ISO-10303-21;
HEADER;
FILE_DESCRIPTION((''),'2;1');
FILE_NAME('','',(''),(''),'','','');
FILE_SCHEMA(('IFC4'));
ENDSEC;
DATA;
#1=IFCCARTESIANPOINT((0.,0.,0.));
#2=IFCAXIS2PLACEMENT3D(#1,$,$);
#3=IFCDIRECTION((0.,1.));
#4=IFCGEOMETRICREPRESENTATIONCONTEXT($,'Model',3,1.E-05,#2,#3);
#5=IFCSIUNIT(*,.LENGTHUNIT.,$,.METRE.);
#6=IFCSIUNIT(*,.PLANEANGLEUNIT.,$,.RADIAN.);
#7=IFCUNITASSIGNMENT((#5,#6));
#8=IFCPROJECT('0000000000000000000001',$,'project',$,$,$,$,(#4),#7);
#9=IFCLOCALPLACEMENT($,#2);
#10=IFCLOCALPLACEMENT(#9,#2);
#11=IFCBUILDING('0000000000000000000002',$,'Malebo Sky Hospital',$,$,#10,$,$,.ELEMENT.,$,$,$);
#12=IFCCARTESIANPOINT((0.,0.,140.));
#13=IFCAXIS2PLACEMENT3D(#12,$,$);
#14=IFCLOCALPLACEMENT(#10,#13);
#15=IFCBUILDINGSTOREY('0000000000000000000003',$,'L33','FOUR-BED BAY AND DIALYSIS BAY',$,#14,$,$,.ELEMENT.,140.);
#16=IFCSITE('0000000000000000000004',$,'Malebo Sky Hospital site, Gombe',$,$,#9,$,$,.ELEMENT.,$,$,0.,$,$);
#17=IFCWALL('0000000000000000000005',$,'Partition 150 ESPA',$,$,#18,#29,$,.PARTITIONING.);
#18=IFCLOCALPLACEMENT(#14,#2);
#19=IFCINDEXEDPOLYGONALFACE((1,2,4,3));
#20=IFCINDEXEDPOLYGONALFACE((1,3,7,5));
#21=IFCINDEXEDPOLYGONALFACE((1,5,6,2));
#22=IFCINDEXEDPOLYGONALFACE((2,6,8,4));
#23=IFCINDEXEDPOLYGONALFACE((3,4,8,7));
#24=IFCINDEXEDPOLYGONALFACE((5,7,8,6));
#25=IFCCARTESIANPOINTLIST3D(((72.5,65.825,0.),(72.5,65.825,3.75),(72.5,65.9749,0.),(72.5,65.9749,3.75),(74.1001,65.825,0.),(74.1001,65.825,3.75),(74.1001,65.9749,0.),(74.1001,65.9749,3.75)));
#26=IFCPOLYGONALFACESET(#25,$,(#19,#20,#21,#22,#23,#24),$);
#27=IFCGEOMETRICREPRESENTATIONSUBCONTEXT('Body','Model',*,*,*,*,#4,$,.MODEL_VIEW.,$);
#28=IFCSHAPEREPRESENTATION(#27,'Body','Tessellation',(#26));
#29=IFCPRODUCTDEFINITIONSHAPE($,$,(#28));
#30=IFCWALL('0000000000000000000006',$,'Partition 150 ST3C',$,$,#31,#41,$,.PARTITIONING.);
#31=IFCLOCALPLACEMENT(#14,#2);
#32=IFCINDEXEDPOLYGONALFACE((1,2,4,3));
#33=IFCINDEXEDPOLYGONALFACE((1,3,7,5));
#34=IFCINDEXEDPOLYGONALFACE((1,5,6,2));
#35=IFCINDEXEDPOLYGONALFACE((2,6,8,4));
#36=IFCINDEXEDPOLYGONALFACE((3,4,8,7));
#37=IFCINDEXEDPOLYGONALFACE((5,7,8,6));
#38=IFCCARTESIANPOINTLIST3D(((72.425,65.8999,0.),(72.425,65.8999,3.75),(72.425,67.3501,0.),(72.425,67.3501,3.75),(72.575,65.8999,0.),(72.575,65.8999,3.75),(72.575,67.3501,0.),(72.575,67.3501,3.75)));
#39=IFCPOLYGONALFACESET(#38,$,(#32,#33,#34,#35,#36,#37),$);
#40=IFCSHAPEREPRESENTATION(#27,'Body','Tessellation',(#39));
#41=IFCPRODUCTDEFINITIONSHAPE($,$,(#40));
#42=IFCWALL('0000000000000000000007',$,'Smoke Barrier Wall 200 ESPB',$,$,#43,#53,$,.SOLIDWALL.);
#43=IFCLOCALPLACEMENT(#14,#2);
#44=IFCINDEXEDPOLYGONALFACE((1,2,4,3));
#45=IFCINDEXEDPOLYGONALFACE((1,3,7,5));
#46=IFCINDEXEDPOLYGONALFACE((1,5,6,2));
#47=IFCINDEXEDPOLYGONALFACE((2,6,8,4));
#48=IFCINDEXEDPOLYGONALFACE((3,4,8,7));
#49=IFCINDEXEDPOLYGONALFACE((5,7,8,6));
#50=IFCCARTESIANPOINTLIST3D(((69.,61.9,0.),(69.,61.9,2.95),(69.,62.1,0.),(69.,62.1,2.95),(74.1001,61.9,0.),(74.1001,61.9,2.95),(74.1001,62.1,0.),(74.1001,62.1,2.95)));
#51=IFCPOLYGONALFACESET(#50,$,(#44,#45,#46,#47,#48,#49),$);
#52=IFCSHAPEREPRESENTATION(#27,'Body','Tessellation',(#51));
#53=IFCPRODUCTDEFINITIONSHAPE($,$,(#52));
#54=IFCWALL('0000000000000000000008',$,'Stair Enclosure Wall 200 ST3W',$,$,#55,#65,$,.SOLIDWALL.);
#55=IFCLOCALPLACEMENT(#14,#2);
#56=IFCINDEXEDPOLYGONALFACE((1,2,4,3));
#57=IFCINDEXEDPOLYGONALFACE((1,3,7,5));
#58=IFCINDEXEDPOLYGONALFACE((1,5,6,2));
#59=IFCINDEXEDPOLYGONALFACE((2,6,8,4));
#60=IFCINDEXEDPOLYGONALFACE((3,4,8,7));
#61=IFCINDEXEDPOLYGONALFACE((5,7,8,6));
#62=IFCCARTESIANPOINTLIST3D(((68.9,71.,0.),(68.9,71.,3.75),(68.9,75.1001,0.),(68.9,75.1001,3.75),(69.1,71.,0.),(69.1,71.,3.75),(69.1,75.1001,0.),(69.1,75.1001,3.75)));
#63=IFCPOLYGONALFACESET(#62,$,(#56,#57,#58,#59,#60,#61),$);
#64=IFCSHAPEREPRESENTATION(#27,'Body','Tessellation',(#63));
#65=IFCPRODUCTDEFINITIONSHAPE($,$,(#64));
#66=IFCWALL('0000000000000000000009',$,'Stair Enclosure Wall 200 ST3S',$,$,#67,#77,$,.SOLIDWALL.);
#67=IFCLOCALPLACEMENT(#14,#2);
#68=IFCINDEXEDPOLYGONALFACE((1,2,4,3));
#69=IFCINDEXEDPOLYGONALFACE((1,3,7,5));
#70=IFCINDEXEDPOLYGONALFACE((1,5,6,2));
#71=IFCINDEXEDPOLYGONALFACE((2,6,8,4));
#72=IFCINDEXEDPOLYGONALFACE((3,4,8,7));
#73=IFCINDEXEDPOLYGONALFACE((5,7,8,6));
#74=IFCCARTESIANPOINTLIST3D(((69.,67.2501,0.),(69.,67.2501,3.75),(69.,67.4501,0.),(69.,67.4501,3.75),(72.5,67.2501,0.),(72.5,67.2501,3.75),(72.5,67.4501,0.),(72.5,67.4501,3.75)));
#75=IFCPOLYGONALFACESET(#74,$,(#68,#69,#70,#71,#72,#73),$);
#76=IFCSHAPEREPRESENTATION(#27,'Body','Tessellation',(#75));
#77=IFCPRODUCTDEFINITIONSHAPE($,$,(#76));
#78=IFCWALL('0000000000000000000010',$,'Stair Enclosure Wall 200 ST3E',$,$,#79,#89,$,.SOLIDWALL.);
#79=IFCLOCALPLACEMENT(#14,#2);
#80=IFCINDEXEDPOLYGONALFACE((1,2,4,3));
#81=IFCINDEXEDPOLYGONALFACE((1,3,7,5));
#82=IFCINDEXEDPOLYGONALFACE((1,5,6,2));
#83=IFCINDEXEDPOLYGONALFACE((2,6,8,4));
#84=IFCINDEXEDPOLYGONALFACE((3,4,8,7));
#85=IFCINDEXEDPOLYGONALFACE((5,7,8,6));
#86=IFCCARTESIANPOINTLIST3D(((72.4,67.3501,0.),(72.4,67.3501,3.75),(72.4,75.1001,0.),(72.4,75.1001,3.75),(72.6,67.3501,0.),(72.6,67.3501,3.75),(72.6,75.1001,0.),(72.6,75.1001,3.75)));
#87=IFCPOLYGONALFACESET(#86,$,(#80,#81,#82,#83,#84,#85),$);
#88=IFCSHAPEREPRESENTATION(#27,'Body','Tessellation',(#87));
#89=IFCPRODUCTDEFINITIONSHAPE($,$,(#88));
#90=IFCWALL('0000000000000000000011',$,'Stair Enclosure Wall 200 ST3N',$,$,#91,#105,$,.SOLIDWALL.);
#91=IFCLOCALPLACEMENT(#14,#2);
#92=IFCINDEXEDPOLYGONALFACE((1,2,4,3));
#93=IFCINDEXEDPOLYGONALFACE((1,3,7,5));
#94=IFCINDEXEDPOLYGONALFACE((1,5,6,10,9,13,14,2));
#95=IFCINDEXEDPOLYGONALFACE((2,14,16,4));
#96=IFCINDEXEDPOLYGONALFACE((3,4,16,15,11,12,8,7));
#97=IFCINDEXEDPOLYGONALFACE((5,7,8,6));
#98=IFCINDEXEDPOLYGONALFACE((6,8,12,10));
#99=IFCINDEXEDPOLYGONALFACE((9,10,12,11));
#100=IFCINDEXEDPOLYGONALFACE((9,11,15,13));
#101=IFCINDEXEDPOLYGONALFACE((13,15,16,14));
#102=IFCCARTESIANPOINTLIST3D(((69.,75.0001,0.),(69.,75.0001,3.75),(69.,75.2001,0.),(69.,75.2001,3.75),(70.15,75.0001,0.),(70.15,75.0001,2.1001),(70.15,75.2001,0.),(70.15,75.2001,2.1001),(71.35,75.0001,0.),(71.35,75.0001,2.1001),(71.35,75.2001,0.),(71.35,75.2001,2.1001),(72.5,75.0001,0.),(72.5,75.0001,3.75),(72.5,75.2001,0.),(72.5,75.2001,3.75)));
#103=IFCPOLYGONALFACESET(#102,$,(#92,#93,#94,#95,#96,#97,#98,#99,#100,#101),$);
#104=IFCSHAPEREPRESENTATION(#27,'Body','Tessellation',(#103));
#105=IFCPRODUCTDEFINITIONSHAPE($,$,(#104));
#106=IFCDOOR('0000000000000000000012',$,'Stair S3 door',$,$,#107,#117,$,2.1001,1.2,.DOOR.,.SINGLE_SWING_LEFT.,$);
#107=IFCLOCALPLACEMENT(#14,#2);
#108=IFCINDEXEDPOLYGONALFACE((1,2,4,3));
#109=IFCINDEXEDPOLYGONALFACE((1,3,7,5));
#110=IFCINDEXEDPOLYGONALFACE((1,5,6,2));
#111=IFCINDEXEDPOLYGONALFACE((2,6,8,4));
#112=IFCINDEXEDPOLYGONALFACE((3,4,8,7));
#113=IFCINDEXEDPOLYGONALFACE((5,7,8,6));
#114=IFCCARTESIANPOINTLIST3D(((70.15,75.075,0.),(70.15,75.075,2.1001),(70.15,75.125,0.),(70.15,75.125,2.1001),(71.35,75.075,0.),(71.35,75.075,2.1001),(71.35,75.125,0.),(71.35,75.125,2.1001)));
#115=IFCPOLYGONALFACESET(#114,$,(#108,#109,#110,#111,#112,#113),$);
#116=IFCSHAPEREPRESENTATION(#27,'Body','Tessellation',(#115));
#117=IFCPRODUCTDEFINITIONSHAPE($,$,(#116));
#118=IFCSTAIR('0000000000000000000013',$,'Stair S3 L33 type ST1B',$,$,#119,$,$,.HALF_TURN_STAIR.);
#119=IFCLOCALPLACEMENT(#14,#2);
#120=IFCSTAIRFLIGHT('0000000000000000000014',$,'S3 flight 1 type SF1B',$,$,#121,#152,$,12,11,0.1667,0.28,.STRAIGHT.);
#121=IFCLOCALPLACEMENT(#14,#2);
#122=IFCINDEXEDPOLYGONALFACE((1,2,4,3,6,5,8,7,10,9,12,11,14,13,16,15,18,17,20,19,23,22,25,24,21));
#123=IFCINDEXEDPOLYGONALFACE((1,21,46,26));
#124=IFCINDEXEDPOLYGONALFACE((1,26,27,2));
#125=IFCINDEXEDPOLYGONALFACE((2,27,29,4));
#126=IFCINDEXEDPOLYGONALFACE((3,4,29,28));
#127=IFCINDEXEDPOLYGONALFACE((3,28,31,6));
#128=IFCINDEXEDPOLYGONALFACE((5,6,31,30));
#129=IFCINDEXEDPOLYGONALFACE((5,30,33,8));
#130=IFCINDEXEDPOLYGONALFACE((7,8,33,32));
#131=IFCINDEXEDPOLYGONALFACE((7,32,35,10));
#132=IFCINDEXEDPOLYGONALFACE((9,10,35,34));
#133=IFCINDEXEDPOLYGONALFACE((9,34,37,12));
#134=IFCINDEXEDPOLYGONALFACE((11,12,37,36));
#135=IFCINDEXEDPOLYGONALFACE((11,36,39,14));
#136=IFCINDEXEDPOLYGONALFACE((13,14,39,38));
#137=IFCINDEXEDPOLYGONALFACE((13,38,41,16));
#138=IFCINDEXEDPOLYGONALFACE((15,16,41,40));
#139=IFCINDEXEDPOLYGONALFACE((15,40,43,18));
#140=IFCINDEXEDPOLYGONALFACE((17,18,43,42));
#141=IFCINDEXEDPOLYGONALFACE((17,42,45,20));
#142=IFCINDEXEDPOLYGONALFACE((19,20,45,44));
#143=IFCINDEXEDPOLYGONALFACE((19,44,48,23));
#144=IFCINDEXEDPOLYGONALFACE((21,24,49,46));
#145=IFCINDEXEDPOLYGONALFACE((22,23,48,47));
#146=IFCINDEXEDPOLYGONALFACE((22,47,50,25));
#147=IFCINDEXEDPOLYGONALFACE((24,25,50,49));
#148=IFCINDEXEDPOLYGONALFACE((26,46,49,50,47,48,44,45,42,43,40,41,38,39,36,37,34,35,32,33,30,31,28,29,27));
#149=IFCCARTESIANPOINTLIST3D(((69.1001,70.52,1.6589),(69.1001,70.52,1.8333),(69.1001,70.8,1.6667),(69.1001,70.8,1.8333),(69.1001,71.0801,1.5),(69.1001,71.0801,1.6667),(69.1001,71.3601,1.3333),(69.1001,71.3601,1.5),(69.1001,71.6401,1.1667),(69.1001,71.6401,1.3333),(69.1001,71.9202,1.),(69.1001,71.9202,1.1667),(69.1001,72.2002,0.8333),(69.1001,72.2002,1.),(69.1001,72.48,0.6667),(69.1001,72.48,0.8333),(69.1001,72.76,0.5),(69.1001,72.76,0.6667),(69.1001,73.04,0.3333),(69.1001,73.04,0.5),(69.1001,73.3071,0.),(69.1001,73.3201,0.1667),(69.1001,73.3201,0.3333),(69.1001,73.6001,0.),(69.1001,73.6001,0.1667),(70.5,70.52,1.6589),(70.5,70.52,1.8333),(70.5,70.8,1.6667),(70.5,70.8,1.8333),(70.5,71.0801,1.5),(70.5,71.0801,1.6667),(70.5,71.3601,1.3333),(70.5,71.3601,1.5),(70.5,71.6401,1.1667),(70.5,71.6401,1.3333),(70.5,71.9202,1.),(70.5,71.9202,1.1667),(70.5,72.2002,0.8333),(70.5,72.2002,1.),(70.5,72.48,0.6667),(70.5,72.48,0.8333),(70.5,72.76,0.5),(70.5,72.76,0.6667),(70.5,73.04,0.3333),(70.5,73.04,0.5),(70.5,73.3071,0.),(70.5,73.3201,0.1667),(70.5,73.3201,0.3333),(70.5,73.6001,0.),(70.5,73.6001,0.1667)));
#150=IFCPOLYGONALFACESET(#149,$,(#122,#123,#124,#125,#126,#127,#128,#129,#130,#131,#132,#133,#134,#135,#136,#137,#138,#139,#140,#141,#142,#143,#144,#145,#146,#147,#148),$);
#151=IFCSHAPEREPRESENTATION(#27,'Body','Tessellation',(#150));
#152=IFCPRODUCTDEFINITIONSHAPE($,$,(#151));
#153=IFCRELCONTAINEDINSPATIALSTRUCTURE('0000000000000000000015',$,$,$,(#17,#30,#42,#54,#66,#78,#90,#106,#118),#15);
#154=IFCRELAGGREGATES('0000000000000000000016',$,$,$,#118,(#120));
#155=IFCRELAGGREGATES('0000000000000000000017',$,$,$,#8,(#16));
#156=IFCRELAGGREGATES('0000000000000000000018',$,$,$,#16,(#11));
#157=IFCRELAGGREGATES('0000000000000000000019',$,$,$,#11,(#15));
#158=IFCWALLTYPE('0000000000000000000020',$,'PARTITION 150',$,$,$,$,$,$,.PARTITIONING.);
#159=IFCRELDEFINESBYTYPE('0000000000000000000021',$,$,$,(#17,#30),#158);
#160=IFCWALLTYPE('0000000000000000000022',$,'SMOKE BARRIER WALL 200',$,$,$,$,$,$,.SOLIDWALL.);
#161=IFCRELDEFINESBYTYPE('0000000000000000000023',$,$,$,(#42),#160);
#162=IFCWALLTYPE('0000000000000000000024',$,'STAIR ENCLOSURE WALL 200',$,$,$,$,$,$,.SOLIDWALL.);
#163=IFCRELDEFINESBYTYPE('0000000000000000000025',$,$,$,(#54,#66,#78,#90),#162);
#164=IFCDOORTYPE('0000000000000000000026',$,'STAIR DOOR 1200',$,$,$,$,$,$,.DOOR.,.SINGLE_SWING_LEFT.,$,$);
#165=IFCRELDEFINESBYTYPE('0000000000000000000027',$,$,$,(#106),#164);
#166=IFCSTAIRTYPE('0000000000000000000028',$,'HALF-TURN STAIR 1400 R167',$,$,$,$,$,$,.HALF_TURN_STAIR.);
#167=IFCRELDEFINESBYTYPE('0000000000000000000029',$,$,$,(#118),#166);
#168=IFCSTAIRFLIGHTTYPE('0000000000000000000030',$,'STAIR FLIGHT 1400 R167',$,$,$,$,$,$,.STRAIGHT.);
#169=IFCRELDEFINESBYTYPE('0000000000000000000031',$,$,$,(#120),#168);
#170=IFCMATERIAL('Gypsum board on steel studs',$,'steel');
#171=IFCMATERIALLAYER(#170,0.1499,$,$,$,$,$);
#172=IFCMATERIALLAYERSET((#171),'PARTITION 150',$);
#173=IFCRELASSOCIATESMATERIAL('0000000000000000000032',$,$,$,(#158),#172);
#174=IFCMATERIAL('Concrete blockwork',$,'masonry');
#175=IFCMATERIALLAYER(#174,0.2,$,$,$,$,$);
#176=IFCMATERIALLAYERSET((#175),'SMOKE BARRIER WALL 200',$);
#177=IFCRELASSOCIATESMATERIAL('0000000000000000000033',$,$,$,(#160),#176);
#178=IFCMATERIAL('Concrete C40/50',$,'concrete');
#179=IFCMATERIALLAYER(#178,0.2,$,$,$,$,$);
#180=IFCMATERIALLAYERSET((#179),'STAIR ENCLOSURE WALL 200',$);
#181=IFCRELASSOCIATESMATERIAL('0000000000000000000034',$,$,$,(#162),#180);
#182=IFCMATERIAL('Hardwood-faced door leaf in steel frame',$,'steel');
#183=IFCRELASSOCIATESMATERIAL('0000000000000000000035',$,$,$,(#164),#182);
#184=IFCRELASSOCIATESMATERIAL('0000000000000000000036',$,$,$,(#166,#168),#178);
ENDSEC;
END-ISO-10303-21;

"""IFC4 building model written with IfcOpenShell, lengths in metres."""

from ifc_helpers import new_model, si_unit, direction, frame, frame_2d, origin, place, context, subcontext, project, spatial, polyline, rectangle, outline, extrude, material, layer, layer_set, type_object, element, fill, aggregate, save


model = new_model("IFC4")

# Units and contexts
model_context = context("Model", 3, precision=1e-05, world=origin(), true_north=direction((0.0, 1.0)))
body_context = subcontext(model_context, "Body", "Model", "MODEL_VIEW")
ifc_project = project(units=[si_unit("LENGTHUNIT", "METRE"), si_unit("PLANEANGLEUNIT", "RADIAN")], contexts=[model_context])

# Site, building, storey
site_placement = place(None, origin())
site = spatial("IfcSite", under=ifc_project, at=site_placement, Name="Malebo Sky Hospital site, Gombe", CompositionType="ELEMENT", RefElevation=0.0)
building_placement = place(site_placement, origin())
building = spatial("IfcBuilding", under=site, at=building_placement, Name="Malebo Sky Hospital", CompositionType="ELEMENT")
storey_placement = place(building_placement, frame((0.0, 0.0, 140.0)))
storey = spatial("IfcBuildingStorey", under=building, at=storey_placement, Name="L33", Description="FOUR-BED BAY AND DIALYSIS BAY", CompositionType="ELEMENT", Elevation=140.0)

# Shared definitions
ifc_material_1 = material(Name="Gypsum board on steel studs", Category="steel")

# Shared definitions
ifc_layer_1 = layer(ifc_material_1, 0.1499)
ifc_layer_set_1 = layer_set([ifc_layer_1], Name="PARTITION 150")
wall_type_1 = type_object("IfcWallType", Name="PARTITION 150", PredefinedType="PARTITIONING", material=ifc_layer_set_1)
ifc_material_2 = material(Name="Hardwood-faced door leaf in steel frame", Category="steel")

# Walls
for number, where, z_axis, x_axis, name in (
    (1, (72.5, 65.8999, 0.0), (0.0, 0.0, 1.0), (1.0, 0.0, 0.0), "Partition 150 ESPA"),
):
    element("IfcWall", number, at=place(storey_placement, frame(where, z_axis=z_axis, x_axis=x_axis)), inside=storey, type_object=wall_type_1, Name=name, PredefinedType="PARTITIONING", context=body_context, shape_type="SweptSolid", body=[
        extrude(rectangle(XDim=1.6001, YDim=0.1499, at=frame_2d((0.8, 0.0))), origin(), (0.0, 0.0, 1.0), 3.75),
    ])
wall_1_placement = place(storey_placement, frame((72.5, 65.8999, 0.0), z_axis=(0.0, 0.0, 1.0), x_axis=(0.0, 1.0, 0.0)))
element("IfcWall", 2, at=wall_1_placement, inside=storey, type_object=wall_type_1, Name="Partition 150 ST3C", PredefinedType="PARTITIONING", context=body_context, shape_type="SweptSolid", body=[
    extrude(rectangle(XDim=1.4502, YDim=0.1499, at=frame_2d((0.7251, 0.0))), origin(), (0.0, 0.0, 1.0), 3.75),
])
ifc_material_3 = material(Name="Concrete blockwork", Category="masonry")
ifc_layer_2 = layer(ifc_material_3, 0.2)
ifc_layer_set_2 = layer_set([ifc_layer_2], Name="SMOKE BARRIER WALL 200")
wall_type_2 = type_object("IfcWallType", Name="SMOKE BARRIER WALL 200", PredefinedType="SOLIDWALL", material=ifc_layer_set_2)
wall_2_placement = place(storey_placement, frame((69.0, 62.0, 0.0), z_axis=(0.0, 0.0, 1.0), x_axis=(1.0, 0.0, 0.0)))
element("IfcWall", 3, at=wall_2_placement, inside=storey, type_object=wall_type_2, Name="Smoke Barrier Wall 200 ESPB", PredefinedType="SOLIDWALL", context=body_context, shape_type="SweptSolid", body=[
    extrude(rectangle(XDim=5.1001, YDim=0.2, at=frame_2d((2.55, 0.0))), origin(), (0.0, 0.0, 1.0), 2.95),
])
ifc_material_4 = material(Name="Concrete C40/50", Category="concrete")
ifc_layer_3 = layer(ifc_material_4, 0.2)
ifc_layer_set_3 = layer_set([ifc_layer_3], Name="STAIR ENCLOSURE WALL 200")
wall_type_3 = type_object("IfcWallType", Name="STAIR ENCLOSURE WALL 200", PredefinedType="SOLIDWALL", material=ifc_layer_set_3)
wall_3_placement = place(storey_placement, frame((69.0, 71.0, 0.0), z_axis=(0.0, 0.0, 1.0), x_axis=(0.0, 1.0, 0.0)))
element("IfcWall", 4, at=wall_3_placement, inside=storey, type_object=wall_type_3, Name="Stair Enclosure Wall 200 ST3W", PredefinedType="SOLIDWALL", context=body_context, shape_type="SweptSolid", body=[
    extrude(rectangle(XDim=4.1001, YDim=0.2, at=frame_2d((2.05, 0.0))), origin(), (0.0, 0.0, 1.0), 3.75),
])
wall_4_placement = place(storey_placement, frame((69.0, 67.3501, 0.0), z_axis=(0.0, 0.0, 1.0), x_axis=(1.0, 0.0, 0.0)))
element("IfcWall", 5, at=wall_4_placement, inside=storey, type_object=wall_type_3, Name="Stair Enclosure Wall 200 ST3S", PredefinedType="SOLIDWALL", context=body_context, shape_type="SweptSolid", body=[
    extrude(rectangle(XDim=3.5, YDim=0.2, at=frame_2d((1.75, 0.0))), origin(), (0.0, 0.0, 1.0), 3.75),
])
wall_5_placement = place(storey_placement, frame((72.5, 67.3501, 0.0), z_axis=(0.0, 0.0, 1.0), x_axis=(0.0, 1.0, 0.0)))
element("IfcWall", 6, at=wall_5_placement, inside=storey, type_object=wall_type_3, Name="Stair Enclosure Wall 200 ST3E", PredefinedType="SOLIDWALL", context=body_context, shape_type="SweptSolid", body=[
    extrude(rectangle(XDim=7.75, YDim=0.2, at=frame_2d((3.875, 0.0))), origin(), (0.0, 0.0, 1.0), 3.75),
])

# Wall, opening, door
wall_6_placement = place(storey_placement, frame((69.0, 75.1001, 0.0), z_axis=(0.0, 0.0, 1.0), x_axis=(1.0, 0.0, 0.0)))
wall_6 = element("IfcWall", 7, at=wall_6_placement, inside=storey, type_object=wall_type_3, Name="Stair Enclosure Wall 200 ST3N", PredefinedType="SOLIDWALL", context=body_context, shape_type="SweptSolid", body=[
    extrude(rectangle(XDim=3.5, YDim=0.2, at=frame_2d((1.75, 0.0))), origin(), (0.0, 0.0, 1.0), 3.75),
])
opening_1_placement = place(wall_6_placement, frame((1.1499, 0.0, 0.0)))
opening_1 = element("IfcOpeningElement", 8, at=opening_1_placement, cuts=wall_6, PredefinedType="OPENING", context=body_context, shape_type="SweptSolid", body=[
    extrude(rectangle(XDim=1.2, YDim=2.1001, at=frame_2d((0.6001, 1.05))), frame((0.0, 0.1099, 0.0), z_axis=(0.0, -1.0, 0.0), x_axis=(1.0, 0.0, 0.0)), (0.0, 0.0, 1.0), 0.22),
])
door_type_1 = type_object("IfcDoorType", Name="STAIR DOOR 1200", OperationType="SINGLE_SWING_LEFT", PredefinedType="DOOR", material=ifc_material_2)
door_1_placement = place(opening_1_placement, origin())
door_1 = element("IfcDoor", 9, at=door_1_placement, inside=storey, type_object=door_type_1, Name="Stair S3 door", OperationType="SINGLE_SWING_LEFT", OverallHeight=2.1001, OverallWidth=1.2, PredefinedType="DOOR", context=body_context, shape_type="SweptSolid", body=[
    extrude(rectangle(XDim=1.2, YDim=2.1001, at=frame_2d((0.6001, 1.05))), frame((0.0, 0.0249, 0.0), z_axis=(0.0, -1.0, 0.0), x_axis=(1.0, 0.0, 0.0)), (0.0, 0.0, 1.0), 0.05),
])
fill(opening_1, door_1)

# Stair, stair flight
stair_type = type_object("IfcStairType", Name="HALF-TURN STAIR 1400 R167", PredefinedType="HALF_TURN_STAIR", material=ifc_material_4)
stair_placement = place(storey_placement, origin())
stair = element("IfcStair", 10, at=stair_placement, inside=storey, type_object=stair_type, Name="Stair S3 L33 type ST1B", PredefinedType="HALF_TURN_STAIR")
stair_flight_type = type_object("IfcStairFlightType", Name="STAIR FLIGHT 1400 R167", PredefinedType="STRAIGHT", material=ifc_material_4)
stair_flight_1_placement = place(storey_placement, frame((69.8, 73.6001, 0.0), z_axis=(0.0, 0.0, 1.0), x_axis=(0.0, -1.0, 0.0)))
stair_flight_1 = element("IfcStairFlight", 11, at=stair_flight_1_placement, type_object=stair_flight_type, Name="S3 flight 1 type SF1B", NumberOfRisers=12, NumberOfTreads=11, PredefinedType="STRAIGHT", RiserHeight=0.1667, TreadLength=0.28, context=body_context, shape_type="SweptSolid", body=[
    extrude(outline(polyline([(0.0, 0.0), (0.0, 0.1667), (0.28, 0.1667), (0.28, 0.3333), (0.5601, 0.3333), (0.5601, 0.5), (0.8401, 0.5), (0.8401, 0.6667), (1.1201, 0.6667), (1.1201, 0.8333), (1.3999, 0.8333), (1.3999, 1.0), (1.6799, 1.0), (1.6799, 1.1667), (1.96, 1.1667), (1.96, 1.3333), (2.24, 1.3333), (2.24, 1.5), (2.52, 1.5), (2.52, 1.6667), (2.8, 1.6667), (2.8, 1.8333), (3.0801, 1.8333), (3.0801, 2.0), (3.0801, 1.6589), (0.293, 0.0), (0.0, 0.0)])), frame((0.0, 0.7, 0.0), z_axis=(0.0, -1.0, 0.0), x_axis=(1.0, 0.0, 0.0)), (0.0, 0.0, 1.0), 1.3999),
])
aggregate(stair, [stair_flight_1])

save(model, "model.ifc")
